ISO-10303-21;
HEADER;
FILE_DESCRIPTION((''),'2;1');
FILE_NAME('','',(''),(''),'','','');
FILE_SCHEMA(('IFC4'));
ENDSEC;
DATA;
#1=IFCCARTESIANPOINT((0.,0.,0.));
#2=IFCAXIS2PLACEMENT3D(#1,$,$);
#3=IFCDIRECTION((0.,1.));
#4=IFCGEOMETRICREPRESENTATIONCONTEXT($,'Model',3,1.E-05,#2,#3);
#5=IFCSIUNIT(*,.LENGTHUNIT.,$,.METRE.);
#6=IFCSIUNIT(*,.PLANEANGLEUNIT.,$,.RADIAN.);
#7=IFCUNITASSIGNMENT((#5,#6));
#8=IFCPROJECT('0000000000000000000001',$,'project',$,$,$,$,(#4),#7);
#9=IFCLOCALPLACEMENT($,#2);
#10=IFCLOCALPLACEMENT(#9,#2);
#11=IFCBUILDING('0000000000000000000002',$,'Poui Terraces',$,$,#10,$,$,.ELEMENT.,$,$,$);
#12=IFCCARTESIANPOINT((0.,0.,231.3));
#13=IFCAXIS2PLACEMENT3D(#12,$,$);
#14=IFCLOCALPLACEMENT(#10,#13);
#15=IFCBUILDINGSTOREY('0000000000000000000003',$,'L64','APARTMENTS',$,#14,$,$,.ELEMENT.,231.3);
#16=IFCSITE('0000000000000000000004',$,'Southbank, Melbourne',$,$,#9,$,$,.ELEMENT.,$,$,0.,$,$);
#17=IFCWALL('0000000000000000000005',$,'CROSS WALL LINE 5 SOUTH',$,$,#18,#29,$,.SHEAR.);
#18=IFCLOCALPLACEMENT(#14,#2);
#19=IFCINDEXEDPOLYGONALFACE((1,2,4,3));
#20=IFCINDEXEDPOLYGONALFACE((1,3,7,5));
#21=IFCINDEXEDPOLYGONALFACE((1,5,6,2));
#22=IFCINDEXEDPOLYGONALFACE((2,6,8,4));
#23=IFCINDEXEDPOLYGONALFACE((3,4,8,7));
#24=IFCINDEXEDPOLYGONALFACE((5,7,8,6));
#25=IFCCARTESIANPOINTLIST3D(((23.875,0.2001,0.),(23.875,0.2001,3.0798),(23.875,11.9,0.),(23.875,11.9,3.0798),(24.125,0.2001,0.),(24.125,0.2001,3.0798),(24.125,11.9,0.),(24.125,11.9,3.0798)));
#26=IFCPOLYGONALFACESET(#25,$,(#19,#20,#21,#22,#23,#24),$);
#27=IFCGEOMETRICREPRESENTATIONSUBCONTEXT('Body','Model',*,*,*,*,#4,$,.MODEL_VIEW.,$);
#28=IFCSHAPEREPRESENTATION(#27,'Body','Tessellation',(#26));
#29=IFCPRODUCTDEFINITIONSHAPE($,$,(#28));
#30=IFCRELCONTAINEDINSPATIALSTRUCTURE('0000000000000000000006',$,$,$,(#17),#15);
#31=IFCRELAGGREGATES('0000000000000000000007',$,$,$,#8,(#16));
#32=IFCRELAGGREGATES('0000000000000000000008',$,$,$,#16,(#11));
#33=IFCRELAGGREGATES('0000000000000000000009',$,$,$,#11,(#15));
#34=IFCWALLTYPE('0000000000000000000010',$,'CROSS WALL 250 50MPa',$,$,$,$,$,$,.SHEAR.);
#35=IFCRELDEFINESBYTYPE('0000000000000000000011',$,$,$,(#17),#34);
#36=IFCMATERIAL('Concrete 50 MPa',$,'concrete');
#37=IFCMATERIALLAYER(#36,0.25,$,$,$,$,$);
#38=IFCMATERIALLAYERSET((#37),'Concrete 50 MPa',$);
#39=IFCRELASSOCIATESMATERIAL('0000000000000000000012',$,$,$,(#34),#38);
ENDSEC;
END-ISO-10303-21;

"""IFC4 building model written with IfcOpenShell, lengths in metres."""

from ifc_helpers import new_model, si_unit, direction, frame, frame_2d, origin, place, context, subcontext, project, spatial, rectangle, extrude, material, layer, layer_set, type_object, element, save


model = new_model("IFC4")

# Units and contexts
model_context = context("Model", 3, precision=1e-05, world=origin(), true_north=direction((0.0, 1.0)))
body_context = subcontext(model_context, "Body", "Model", "MODEL_VIEW")
ifc_project = project(units=[si_unit("LENGTHUNIT", "METRE"), si_unit("PLANEANGLEUNIT", "RADIAN")], contexts=[model_context])

# Site, building, storey
site_placement = place(None, origin())
site = spatial("IfcSite", under=ifc_project, at=site_placement, Name="Southbank, Melbourne", CompositionType="ELEMENT", RefElevation=0.0)
building_placement = place(site_placement, origin())
building = spatial("IfcBuilding", under=site, at=building_placement, Name="Poui Terraces", CompositionType="ELEMENT")
storey_placement = place(building_placement, frame((0.0, 0.0, 231.3)))
storey = spatial("IfcBuildingStorey", under=building, at=storey_placement, Name="L64", Description="APARTMENTS", CompositionType="ELEMENT", Elevation=231.3)

# Wall
ifc_material_1 = material(Name="Concrete 50 MPa", Category="concrete")
ifc_layer_1 = layer(ifc_material_1, 0.25)
ifc_layer_set_1 = layer_set([ifc_layer_1], Name="Concrete 50 MPa")
wall_type_1 = type_object("IfcWallType", Name="CROSS WALL 250 50MPa", PredefinedType="SHEAR", material=ifc_layer_set_1)
wall_1_placement = place(storey_placement, frame((24.0, 0.2, 0.0), z_axis=(0.0, 0.0, 1.0), x_axis=(0.0, 1.0, 0.0)))
element("IfcWall", 1, at=wall_1_placement, inside=storey, type_object=wall_type_1, Name="CROSS WALL LINE 5 SOUTH", PredefinedType="SHEAR", context=body_context, shape_type="SweptSolid", body=[
    extrude(rectangle(XDim=11.7, YDim=0.25, at=frame_2d((5.8501, 0.0))), origin(), (0.0, 0.0, 1.0), 3.0798),
])

save(model, "model.ifc")
